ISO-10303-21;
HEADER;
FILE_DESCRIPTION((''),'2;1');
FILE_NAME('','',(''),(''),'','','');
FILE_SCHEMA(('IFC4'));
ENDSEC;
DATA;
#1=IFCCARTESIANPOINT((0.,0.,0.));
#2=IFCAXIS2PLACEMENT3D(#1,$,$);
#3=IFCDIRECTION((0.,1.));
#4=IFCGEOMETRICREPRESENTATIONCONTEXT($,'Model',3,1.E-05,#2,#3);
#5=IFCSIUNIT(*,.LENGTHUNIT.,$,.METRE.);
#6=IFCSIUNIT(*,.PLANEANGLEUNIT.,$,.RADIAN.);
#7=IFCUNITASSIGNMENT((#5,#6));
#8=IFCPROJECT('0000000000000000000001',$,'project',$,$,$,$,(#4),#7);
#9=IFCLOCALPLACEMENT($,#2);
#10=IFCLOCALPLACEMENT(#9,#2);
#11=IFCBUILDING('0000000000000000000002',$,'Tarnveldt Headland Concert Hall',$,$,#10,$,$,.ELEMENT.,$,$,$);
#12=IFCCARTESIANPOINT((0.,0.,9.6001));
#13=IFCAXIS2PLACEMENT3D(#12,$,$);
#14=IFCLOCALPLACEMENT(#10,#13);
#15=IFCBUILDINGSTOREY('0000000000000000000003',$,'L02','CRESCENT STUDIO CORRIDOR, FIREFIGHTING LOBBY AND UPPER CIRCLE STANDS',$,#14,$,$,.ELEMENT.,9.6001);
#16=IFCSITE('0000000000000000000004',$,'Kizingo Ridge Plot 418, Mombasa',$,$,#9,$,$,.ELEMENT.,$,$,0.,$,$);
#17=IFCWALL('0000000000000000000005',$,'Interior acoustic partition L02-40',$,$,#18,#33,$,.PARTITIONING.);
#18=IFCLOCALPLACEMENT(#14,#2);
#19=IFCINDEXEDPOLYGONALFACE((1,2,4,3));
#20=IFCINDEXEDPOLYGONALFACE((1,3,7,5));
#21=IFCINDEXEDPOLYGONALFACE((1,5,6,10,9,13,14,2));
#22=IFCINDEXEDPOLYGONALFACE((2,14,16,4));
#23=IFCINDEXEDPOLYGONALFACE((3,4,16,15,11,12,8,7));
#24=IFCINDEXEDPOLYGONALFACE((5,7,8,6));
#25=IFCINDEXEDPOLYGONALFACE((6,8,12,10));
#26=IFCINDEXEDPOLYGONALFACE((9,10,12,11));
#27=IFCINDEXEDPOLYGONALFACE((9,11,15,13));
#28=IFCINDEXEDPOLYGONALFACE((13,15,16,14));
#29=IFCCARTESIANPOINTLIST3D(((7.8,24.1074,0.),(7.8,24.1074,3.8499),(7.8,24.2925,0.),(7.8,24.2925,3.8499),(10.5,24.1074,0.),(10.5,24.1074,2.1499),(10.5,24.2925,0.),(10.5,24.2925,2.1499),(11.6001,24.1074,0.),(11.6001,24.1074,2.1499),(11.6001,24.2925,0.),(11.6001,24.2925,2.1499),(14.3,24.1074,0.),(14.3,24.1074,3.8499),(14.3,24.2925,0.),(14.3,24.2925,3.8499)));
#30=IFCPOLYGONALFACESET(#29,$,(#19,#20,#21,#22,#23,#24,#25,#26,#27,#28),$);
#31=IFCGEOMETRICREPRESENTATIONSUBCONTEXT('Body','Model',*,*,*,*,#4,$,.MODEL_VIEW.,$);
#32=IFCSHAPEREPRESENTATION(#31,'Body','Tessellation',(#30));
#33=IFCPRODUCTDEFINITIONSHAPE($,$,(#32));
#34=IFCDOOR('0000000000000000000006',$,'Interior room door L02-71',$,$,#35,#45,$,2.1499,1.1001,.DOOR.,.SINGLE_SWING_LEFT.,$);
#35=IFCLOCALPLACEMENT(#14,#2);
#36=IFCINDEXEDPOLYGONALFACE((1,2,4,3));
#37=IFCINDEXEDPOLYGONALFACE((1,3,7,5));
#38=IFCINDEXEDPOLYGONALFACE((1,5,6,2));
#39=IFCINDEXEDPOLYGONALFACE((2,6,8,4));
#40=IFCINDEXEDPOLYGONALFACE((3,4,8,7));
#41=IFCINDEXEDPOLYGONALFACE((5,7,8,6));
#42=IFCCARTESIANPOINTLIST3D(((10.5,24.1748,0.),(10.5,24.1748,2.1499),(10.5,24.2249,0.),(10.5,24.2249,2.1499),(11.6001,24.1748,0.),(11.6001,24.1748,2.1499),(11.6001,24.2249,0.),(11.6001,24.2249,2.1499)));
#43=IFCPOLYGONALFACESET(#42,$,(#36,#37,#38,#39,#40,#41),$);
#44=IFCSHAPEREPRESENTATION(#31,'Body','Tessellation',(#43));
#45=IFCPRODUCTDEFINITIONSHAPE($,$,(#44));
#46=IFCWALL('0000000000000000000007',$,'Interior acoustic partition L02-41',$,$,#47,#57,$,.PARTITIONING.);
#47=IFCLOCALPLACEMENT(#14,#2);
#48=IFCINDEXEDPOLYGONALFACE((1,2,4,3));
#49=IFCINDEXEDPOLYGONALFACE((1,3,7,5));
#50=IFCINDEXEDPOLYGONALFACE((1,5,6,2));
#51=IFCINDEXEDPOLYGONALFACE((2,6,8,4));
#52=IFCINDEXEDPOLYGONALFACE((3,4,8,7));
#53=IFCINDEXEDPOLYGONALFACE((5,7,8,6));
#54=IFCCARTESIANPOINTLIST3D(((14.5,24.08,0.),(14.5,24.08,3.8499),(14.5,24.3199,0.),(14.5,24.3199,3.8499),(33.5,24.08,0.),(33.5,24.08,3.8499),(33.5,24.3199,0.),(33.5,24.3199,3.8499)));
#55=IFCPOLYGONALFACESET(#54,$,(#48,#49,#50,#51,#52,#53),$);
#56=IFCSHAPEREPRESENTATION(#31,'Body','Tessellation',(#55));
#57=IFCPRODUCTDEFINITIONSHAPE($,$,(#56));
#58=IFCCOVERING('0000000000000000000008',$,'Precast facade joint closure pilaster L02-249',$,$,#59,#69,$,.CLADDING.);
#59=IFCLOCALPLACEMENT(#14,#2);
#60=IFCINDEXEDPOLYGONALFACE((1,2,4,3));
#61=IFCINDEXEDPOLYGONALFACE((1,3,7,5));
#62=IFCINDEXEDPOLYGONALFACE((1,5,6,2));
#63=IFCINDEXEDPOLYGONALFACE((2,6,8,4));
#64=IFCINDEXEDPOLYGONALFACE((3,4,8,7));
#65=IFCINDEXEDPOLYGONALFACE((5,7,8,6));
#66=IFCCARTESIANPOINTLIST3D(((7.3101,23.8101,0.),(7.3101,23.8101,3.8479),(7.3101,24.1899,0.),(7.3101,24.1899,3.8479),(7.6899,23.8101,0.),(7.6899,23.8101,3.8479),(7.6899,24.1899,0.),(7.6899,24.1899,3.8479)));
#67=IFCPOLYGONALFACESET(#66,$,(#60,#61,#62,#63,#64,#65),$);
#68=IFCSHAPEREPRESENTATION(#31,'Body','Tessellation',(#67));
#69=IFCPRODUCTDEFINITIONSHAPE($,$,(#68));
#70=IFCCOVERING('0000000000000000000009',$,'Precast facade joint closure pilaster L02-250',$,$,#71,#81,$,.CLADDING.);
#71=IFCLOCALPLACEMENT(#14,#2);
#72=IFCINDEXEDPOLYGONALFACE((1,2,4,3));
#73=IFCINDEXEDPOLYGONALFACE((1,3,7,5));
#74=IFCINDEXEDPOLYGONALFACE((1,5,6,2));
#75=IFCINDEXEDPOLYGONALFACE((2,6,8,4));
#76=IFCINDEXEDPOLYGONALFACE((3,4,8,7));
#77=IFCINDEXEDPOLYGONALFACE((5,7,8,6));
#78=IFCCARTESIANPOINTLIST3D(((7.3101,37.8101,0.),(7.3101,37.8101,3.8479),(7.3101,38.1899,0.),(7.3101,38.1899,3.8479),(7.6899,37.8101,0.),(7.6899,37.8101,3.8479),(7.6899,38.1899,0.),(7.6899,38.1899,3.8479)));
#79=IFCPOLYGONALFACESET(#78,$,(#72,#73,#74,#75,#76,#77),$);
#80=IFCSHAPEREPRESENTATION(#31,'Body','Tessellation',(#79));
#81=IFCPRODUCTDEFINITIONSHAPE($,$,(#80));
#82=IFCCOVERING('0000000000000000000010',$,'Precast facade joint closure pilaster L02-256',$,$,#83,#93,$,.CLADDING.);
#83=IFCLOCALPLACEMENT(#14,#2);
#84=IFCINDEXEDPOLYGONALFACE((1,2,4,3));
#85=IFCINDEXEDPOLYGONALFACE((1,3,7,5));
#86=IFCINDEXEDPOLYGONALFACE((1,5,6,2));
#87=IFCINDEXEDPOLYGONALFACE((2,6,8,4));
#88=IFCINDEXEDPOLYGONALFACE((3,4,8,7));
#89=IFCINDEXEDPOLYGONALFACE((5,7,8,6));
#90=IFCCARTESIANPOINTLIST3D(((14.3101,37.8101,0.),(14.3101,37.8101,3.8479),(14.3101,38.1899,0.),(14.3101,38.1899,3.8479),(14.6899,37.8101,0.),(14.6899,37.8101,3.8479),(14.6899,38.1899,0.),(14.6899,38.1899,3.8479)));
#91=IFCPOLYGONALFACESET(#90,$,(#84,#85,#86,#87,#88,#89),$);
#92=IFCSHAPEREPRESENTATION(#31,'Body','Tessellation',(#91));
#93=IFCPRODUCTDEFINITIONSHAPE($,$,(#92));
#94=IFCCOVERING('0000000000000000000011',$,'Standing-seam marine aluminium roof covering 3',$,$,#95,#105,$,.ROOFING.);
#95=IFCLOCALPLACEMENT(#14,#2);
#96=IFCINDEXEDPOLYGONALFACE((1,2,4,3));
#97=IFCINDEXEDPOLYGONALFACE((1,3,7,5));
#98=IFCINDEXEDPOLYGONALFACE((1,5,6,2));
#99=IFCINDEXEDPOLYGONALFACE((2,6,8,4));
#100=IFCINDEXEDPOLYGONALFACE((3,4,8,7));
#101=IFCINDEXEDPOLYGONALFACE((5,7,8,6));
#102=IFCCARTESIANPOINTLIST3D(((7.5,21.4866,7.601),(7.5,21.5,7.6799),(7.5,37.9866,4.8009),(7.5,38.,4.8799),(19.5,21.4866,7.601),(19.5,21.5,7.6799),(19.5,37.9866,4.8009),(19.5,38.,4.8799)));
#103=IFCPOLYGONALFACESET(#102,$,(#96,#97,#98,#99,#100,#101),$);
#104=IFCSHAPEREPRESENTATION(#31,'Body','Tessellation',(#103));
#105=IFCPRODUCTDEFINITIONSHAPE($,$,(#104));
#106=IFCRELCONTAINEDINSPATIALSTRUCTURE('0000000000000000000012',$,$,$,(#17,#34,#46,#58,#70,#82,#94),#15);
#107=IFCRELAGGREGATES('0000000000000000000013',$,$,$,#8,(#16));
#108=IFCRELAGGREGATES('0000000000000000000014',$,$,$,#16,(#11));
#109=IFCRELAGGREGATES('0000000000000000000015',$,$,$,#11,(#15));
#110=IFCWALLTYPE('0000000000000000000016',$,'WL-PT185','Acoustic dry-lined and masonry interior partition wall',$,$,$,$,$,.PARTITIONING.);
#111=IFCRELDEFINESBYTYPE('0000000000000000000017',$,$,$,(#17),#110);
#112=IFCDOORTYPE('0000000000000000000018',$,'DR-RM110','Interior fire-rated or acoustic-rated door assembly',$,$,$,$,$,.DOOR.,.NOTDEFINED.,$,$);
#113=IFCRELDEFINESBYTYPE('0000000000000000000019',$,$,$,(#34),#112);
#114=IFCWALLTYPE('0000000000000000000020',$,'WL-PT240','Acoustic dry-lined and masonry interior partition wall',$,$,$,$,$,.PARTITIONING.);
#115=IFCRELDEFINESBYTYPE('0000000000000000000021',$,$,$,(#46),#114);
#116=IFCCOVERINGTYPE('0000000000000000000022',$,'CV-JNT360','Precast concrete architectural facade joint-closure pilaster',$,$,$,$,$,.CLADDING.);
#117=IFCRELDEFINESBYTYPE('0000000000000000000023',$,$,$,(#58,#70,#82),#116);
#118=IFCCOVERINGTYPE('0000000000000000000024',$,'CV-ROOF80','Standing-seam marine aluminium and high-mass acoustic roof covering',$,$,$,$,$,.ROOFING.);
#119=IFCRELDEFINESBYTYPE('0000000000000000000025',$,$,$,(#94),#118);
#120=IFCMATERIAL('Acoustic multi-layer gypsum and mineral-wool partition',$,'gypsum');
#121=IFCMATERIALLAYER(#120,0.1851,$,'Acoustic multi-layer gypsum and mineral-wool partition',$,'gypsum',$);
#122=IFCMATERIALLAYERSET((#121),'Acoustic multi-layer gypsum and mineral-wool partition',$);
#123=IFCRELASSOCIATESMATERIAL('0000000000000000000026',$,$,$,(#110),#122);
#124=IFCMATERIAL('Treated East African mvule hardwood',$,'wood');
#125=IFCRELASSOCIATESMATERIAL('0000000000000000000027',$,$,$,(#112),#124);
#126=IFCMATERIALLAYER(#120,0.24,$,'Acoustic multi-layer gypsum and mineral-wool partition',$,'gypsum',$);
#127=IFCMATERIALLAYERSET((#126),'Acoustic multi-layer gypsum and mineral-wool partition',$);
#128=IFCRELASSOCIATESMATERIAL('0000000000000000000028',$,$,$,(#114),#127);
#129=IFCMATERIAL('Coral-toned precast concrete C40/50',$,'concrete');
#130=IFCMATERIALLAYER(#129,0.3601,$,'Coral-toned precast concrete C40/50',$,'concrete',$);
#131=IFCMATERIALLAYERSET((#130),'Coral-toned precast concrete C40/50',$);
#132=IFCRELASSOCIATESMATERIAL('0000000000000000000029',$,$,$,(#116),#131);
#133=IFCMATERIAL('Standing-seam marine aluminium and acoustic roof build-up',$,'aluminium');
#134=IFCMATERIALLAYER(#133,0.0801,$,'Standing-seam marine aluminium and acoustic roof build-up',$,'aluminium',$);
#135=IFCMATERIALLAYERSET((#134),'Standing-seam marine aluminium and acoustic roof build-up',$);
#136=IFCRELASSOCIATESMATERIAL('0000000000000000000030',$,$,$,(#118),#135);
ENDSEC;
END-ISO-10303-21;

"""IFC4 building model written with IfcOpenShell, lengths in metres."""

from ifc_helpers import new_model, si_unit, direction, frame, frame_2d, origin, origin_2d, place, context, subcontext, project, spatial, polyline, rectangle, outline, extrude, material, layer, layer_set, type_object, element, fill, save


model = new_model("IFC4")

# Units and contexts
model_context = context("Model", 3, precision=1e-05, world=origin(), true_north=direction((0.0, 1.0)))
body_context = subcontext(model_context, "Body", "Model", "MODEL_VIEW")
ifc_project = project(units=[si_unit("LENGTHUNIT", "METRE"), si_unit("PLANEANGLEUNIT", "RADIAN")], contexts=[model_context])

# Site, building, storey
site_placement = place(None, origin())
site = spatial("IfcSite", under=ifc_project, at=site_placement, Name="Kizingo Ridge Plot 418, Mombasa", CompositionType="ELEMENT", RefElevation=0.0)
building_placement = place(site_placement, origin())
building = spatial("IfcBuilding", under=site, at=building_placement, Name="Tarnveldt Headland Concert Hall", CompositionType="ELEMENT")
storey_placement = place(building_placement, frame((0.0, 0.0, 9.6001)))
storey = spatial("IfcBuildingStorey", under=building, at=storey_placement, Name="L02", Description="CRESCENT STUDIO CORRIDOR, FIREFIGHTING LOBBY AND UPPER CIRCLE STANDS", CompositionType="ELEMENT", Elevation=9.6001)

# Shared definitions
ifc_material_1 = material(Name="Coral-toned precast concrete C40/50", Category="concrete")

# Shared definitions
ifc_material_2 = material(Name="Acoustic multi-layer gypsum and mineral-wool partition", Category="gypsum")

# Wall, opening, door
ifc_material_3 = material(Name="Treated East African mvule hardwood", Category="wood")
ifc_layer_1 = layer(ifc_material_2, 0.1851, Name="Acoustic multi-layer gypsum and mineral-wool partition", Category="gypsum")
ifc_layer_set_1 = layer_set([ifc_layer_1], Name="Acoustic multi-layer gypsum and mineral-wool partition")
wall_type_1 = type_object("IfcWallType", Name="WL-PT185", Description="Acoustic dry-lined and masonry interior partition wall", PredefinedType="PARTITIONING", material=ifc_layer_set_1)
wall_1_placement = place(storey_placement, frame((7.8, 24.2, 0.0), z_axis=(0.0, 0.0, 1.0), x_axis=(1.0, 0.0, 0.0)))
wall_1 = element("IfcWall", 1, at=wall_1_placement, inside=storey, type_object=wall_type_1, Name="Interior acoustic partition L02-40", PredefinedType="PARTITIONING", context=body_context, shape_type="SweptSolid", body=[
    extrude(rectangle(XDim=6.5, YDim=0.1851, at=frame_2d((3.25, 0.0))), origin(), (0.0, 0.0, 1.0), 3.8499),
])
opening_1_placement = place(wall_1_placement, frame((2.7, 0.0, 0.0)))
opening_1 = element("IfcOpeningElement", 2, at=opening_1_placement, cuts=wall_1, PredefinedType="OPENING", context=body_context, shape_type="SweptSolid", body=[
    extrude(rectangle(XDim=1.1001, YDim=2.1499, at=frame_2d((0.55, 1.075))), frame((0.0, 0.1025, 0.0), z_axis=(0.0, -1.0, 0.0), x_axis=(1.0, 0.0, 0.0)), (0.0, 0.0, 1.0), 0.2051),
])
door_type_1 = type_object("IfcDoorType", Name="DR-RM110", Description="Interior fire-rated or acoustic-rated door assembly", OperationType="NOTDEFINED", PredefinedType="DOOR", material=ifc_material_3)
door_1_placement = place(opening_1_placement, origin())
door_1 = element("IfcDoor", 3, at=door_1_placement, inside=storey, type_object=door_type_1, Name="Interior room door L02-71", OperationType="SINGLE_SWING_LEFT", OverallHeight=2.1499, OverallWidth=1.1001, PredefinedType="DOOR", context=body_context, shape_type="SweptSolid", body=[
    extrude(rectangle(XDim=1.1001, YDim=2.1499, at=frame_2d((0.55, 1.075))), frame((0.0, 0.0249, 0.0), z_axis=(0.0, -1.0, 0.0), x_axis=(1.0, 0.0, 0.0)), (0.0, 0.0, 1.0), 0.05),
])
fill(opening_1, door_1)

# Wall
ifc_layer_2 = layer(ifc_material_2, 0.24, Name="Acoustic multi-layer gypsum and mineral-wool partition", Category="gypsum")
ifc_layer_set_2 = layer_set([ifc_layer_2], Name="Acoustic multi-layer gypsum and mineral-wool partition")
wall_type_2 = type_object("IfcWallType", Name="WL-PT240", Description="Acoustic dry-lined and masonry interior partition wall", PredefinedType="PARTITIONING", material=ifc_layer_set_2)
wall_2_placement = place(storey_placement, frame((14.5, 24.2, 0.0), z_axis=(0.0, 0.0, 1.0), x_axis=(1.0, 0.0, 0.0)))
element("IfcWall", 4, at=wall_2_placement, inside=storey, type_object=wall_type_2, Name="Interior acoustic partition L02-41", PredefinedType="PARTITIONING", context=body_context, shape_type="SweptSolid", body=[
    extrude(rectangle(XDim=19.0, YDim=0.24, at=frame_2d((9.5, 0.0))), origin(), (0.0, 0.0, 1.0), 3.8499),
])

# Coverings
ifc_layer_3 = layer(ifc_material_1, 0.3601, Name="Coral-toned precast concrete C40/50", Category="concrete")
ifc_layer_set_3 = layer_set([ifc_layer_3], Name="Coral-toned precast concrete C40/50")
covering_type_1 = type_object("IfcCoveringType", Name="CV-JNT360", Description="Precast concrete architectural facade joint-closure pilaster", PredefinedType="CLADDING", material=ifc_layer_set_3)
for number, where, z_axis, x_axis, name in (
    (5, (7.5, 24.0, 0.0), (0.0, 0.0, 1.0), (0.0, 1.0, 0.0), "Precast facade joint closure pilaster L02-249"),
    (6, (7.5, 38.0, 0.0), (0.0, 0.0, 1.0), (1.0, 0.0, 0.0), "Precast facade joint closure pilaster L02-250"),
    (7, (14.5, 38.0, 0.0), (0.0, 0.0, 1.0), (1.0, 0.0, 0.0), "Precast facade joint closure pilaster L02-256"),
):
    element("IfcCovering", number, at=place(storey_placement, frame(where, z_axis=z_axis, x_axis=x_axis)), inside=storey, type_object=covering_type_1, Name=name, PredefinedType="CLADDING", context=body_context, shape_type="SweptSolid", body=[
        extrude(rectangle(XDim=0.3799, YDim=0.3799, at=origin_2d()), origin(), (0.0, 0.0, 1.0), 3.8479),
    ])
ifc_material_4 = material(Name="Standing-seam marine aluminium and acoustic roof build-up", Category="aluminium")
ifc_layer_4 = layer(ifc_material_4, 0.0801, Name="Standing-seam marine aluminium and acoustic roof build-up", Category="aluminium")
ifc_layer_set_4 = layer_set([ifc_layer_4], Name="Standing-seam marine aluminium and acoustic roof build-up")
covering_type_2 = type_object("IfcCoveringType", Name="CV-ROOF80", Description="Standing-seam marine aluminium and high-mass acoustic roof covering", PredefinedType="ROOFING", material=ifc_layer_set_4)
covering_placement = place(storey_placement, frame((7.5, 21.5, 7.6799), z_axis=(0.0, 0.167308, 0.985905), x_axis=(1.0, 0.0, 0.0)))
element("IfcCovering", 8, at=covering_placement, inside=storey, type_object=covering_type_2, Name="Standing-seam marine aluminium roof covering 3", PredefinedType="ROOFING", context=body_context, shape_type="SweptSolid", body=[
    extrude(outline(polyline([(0.0, 0.0), (12.0, 0.0), (12.0, 16.7359), (0.0, 16.7359), (0.0, 0.0)])), origin(), (0.0, 0.0, -1.0), 0.0801),
])

save(model, "model.ifc")
